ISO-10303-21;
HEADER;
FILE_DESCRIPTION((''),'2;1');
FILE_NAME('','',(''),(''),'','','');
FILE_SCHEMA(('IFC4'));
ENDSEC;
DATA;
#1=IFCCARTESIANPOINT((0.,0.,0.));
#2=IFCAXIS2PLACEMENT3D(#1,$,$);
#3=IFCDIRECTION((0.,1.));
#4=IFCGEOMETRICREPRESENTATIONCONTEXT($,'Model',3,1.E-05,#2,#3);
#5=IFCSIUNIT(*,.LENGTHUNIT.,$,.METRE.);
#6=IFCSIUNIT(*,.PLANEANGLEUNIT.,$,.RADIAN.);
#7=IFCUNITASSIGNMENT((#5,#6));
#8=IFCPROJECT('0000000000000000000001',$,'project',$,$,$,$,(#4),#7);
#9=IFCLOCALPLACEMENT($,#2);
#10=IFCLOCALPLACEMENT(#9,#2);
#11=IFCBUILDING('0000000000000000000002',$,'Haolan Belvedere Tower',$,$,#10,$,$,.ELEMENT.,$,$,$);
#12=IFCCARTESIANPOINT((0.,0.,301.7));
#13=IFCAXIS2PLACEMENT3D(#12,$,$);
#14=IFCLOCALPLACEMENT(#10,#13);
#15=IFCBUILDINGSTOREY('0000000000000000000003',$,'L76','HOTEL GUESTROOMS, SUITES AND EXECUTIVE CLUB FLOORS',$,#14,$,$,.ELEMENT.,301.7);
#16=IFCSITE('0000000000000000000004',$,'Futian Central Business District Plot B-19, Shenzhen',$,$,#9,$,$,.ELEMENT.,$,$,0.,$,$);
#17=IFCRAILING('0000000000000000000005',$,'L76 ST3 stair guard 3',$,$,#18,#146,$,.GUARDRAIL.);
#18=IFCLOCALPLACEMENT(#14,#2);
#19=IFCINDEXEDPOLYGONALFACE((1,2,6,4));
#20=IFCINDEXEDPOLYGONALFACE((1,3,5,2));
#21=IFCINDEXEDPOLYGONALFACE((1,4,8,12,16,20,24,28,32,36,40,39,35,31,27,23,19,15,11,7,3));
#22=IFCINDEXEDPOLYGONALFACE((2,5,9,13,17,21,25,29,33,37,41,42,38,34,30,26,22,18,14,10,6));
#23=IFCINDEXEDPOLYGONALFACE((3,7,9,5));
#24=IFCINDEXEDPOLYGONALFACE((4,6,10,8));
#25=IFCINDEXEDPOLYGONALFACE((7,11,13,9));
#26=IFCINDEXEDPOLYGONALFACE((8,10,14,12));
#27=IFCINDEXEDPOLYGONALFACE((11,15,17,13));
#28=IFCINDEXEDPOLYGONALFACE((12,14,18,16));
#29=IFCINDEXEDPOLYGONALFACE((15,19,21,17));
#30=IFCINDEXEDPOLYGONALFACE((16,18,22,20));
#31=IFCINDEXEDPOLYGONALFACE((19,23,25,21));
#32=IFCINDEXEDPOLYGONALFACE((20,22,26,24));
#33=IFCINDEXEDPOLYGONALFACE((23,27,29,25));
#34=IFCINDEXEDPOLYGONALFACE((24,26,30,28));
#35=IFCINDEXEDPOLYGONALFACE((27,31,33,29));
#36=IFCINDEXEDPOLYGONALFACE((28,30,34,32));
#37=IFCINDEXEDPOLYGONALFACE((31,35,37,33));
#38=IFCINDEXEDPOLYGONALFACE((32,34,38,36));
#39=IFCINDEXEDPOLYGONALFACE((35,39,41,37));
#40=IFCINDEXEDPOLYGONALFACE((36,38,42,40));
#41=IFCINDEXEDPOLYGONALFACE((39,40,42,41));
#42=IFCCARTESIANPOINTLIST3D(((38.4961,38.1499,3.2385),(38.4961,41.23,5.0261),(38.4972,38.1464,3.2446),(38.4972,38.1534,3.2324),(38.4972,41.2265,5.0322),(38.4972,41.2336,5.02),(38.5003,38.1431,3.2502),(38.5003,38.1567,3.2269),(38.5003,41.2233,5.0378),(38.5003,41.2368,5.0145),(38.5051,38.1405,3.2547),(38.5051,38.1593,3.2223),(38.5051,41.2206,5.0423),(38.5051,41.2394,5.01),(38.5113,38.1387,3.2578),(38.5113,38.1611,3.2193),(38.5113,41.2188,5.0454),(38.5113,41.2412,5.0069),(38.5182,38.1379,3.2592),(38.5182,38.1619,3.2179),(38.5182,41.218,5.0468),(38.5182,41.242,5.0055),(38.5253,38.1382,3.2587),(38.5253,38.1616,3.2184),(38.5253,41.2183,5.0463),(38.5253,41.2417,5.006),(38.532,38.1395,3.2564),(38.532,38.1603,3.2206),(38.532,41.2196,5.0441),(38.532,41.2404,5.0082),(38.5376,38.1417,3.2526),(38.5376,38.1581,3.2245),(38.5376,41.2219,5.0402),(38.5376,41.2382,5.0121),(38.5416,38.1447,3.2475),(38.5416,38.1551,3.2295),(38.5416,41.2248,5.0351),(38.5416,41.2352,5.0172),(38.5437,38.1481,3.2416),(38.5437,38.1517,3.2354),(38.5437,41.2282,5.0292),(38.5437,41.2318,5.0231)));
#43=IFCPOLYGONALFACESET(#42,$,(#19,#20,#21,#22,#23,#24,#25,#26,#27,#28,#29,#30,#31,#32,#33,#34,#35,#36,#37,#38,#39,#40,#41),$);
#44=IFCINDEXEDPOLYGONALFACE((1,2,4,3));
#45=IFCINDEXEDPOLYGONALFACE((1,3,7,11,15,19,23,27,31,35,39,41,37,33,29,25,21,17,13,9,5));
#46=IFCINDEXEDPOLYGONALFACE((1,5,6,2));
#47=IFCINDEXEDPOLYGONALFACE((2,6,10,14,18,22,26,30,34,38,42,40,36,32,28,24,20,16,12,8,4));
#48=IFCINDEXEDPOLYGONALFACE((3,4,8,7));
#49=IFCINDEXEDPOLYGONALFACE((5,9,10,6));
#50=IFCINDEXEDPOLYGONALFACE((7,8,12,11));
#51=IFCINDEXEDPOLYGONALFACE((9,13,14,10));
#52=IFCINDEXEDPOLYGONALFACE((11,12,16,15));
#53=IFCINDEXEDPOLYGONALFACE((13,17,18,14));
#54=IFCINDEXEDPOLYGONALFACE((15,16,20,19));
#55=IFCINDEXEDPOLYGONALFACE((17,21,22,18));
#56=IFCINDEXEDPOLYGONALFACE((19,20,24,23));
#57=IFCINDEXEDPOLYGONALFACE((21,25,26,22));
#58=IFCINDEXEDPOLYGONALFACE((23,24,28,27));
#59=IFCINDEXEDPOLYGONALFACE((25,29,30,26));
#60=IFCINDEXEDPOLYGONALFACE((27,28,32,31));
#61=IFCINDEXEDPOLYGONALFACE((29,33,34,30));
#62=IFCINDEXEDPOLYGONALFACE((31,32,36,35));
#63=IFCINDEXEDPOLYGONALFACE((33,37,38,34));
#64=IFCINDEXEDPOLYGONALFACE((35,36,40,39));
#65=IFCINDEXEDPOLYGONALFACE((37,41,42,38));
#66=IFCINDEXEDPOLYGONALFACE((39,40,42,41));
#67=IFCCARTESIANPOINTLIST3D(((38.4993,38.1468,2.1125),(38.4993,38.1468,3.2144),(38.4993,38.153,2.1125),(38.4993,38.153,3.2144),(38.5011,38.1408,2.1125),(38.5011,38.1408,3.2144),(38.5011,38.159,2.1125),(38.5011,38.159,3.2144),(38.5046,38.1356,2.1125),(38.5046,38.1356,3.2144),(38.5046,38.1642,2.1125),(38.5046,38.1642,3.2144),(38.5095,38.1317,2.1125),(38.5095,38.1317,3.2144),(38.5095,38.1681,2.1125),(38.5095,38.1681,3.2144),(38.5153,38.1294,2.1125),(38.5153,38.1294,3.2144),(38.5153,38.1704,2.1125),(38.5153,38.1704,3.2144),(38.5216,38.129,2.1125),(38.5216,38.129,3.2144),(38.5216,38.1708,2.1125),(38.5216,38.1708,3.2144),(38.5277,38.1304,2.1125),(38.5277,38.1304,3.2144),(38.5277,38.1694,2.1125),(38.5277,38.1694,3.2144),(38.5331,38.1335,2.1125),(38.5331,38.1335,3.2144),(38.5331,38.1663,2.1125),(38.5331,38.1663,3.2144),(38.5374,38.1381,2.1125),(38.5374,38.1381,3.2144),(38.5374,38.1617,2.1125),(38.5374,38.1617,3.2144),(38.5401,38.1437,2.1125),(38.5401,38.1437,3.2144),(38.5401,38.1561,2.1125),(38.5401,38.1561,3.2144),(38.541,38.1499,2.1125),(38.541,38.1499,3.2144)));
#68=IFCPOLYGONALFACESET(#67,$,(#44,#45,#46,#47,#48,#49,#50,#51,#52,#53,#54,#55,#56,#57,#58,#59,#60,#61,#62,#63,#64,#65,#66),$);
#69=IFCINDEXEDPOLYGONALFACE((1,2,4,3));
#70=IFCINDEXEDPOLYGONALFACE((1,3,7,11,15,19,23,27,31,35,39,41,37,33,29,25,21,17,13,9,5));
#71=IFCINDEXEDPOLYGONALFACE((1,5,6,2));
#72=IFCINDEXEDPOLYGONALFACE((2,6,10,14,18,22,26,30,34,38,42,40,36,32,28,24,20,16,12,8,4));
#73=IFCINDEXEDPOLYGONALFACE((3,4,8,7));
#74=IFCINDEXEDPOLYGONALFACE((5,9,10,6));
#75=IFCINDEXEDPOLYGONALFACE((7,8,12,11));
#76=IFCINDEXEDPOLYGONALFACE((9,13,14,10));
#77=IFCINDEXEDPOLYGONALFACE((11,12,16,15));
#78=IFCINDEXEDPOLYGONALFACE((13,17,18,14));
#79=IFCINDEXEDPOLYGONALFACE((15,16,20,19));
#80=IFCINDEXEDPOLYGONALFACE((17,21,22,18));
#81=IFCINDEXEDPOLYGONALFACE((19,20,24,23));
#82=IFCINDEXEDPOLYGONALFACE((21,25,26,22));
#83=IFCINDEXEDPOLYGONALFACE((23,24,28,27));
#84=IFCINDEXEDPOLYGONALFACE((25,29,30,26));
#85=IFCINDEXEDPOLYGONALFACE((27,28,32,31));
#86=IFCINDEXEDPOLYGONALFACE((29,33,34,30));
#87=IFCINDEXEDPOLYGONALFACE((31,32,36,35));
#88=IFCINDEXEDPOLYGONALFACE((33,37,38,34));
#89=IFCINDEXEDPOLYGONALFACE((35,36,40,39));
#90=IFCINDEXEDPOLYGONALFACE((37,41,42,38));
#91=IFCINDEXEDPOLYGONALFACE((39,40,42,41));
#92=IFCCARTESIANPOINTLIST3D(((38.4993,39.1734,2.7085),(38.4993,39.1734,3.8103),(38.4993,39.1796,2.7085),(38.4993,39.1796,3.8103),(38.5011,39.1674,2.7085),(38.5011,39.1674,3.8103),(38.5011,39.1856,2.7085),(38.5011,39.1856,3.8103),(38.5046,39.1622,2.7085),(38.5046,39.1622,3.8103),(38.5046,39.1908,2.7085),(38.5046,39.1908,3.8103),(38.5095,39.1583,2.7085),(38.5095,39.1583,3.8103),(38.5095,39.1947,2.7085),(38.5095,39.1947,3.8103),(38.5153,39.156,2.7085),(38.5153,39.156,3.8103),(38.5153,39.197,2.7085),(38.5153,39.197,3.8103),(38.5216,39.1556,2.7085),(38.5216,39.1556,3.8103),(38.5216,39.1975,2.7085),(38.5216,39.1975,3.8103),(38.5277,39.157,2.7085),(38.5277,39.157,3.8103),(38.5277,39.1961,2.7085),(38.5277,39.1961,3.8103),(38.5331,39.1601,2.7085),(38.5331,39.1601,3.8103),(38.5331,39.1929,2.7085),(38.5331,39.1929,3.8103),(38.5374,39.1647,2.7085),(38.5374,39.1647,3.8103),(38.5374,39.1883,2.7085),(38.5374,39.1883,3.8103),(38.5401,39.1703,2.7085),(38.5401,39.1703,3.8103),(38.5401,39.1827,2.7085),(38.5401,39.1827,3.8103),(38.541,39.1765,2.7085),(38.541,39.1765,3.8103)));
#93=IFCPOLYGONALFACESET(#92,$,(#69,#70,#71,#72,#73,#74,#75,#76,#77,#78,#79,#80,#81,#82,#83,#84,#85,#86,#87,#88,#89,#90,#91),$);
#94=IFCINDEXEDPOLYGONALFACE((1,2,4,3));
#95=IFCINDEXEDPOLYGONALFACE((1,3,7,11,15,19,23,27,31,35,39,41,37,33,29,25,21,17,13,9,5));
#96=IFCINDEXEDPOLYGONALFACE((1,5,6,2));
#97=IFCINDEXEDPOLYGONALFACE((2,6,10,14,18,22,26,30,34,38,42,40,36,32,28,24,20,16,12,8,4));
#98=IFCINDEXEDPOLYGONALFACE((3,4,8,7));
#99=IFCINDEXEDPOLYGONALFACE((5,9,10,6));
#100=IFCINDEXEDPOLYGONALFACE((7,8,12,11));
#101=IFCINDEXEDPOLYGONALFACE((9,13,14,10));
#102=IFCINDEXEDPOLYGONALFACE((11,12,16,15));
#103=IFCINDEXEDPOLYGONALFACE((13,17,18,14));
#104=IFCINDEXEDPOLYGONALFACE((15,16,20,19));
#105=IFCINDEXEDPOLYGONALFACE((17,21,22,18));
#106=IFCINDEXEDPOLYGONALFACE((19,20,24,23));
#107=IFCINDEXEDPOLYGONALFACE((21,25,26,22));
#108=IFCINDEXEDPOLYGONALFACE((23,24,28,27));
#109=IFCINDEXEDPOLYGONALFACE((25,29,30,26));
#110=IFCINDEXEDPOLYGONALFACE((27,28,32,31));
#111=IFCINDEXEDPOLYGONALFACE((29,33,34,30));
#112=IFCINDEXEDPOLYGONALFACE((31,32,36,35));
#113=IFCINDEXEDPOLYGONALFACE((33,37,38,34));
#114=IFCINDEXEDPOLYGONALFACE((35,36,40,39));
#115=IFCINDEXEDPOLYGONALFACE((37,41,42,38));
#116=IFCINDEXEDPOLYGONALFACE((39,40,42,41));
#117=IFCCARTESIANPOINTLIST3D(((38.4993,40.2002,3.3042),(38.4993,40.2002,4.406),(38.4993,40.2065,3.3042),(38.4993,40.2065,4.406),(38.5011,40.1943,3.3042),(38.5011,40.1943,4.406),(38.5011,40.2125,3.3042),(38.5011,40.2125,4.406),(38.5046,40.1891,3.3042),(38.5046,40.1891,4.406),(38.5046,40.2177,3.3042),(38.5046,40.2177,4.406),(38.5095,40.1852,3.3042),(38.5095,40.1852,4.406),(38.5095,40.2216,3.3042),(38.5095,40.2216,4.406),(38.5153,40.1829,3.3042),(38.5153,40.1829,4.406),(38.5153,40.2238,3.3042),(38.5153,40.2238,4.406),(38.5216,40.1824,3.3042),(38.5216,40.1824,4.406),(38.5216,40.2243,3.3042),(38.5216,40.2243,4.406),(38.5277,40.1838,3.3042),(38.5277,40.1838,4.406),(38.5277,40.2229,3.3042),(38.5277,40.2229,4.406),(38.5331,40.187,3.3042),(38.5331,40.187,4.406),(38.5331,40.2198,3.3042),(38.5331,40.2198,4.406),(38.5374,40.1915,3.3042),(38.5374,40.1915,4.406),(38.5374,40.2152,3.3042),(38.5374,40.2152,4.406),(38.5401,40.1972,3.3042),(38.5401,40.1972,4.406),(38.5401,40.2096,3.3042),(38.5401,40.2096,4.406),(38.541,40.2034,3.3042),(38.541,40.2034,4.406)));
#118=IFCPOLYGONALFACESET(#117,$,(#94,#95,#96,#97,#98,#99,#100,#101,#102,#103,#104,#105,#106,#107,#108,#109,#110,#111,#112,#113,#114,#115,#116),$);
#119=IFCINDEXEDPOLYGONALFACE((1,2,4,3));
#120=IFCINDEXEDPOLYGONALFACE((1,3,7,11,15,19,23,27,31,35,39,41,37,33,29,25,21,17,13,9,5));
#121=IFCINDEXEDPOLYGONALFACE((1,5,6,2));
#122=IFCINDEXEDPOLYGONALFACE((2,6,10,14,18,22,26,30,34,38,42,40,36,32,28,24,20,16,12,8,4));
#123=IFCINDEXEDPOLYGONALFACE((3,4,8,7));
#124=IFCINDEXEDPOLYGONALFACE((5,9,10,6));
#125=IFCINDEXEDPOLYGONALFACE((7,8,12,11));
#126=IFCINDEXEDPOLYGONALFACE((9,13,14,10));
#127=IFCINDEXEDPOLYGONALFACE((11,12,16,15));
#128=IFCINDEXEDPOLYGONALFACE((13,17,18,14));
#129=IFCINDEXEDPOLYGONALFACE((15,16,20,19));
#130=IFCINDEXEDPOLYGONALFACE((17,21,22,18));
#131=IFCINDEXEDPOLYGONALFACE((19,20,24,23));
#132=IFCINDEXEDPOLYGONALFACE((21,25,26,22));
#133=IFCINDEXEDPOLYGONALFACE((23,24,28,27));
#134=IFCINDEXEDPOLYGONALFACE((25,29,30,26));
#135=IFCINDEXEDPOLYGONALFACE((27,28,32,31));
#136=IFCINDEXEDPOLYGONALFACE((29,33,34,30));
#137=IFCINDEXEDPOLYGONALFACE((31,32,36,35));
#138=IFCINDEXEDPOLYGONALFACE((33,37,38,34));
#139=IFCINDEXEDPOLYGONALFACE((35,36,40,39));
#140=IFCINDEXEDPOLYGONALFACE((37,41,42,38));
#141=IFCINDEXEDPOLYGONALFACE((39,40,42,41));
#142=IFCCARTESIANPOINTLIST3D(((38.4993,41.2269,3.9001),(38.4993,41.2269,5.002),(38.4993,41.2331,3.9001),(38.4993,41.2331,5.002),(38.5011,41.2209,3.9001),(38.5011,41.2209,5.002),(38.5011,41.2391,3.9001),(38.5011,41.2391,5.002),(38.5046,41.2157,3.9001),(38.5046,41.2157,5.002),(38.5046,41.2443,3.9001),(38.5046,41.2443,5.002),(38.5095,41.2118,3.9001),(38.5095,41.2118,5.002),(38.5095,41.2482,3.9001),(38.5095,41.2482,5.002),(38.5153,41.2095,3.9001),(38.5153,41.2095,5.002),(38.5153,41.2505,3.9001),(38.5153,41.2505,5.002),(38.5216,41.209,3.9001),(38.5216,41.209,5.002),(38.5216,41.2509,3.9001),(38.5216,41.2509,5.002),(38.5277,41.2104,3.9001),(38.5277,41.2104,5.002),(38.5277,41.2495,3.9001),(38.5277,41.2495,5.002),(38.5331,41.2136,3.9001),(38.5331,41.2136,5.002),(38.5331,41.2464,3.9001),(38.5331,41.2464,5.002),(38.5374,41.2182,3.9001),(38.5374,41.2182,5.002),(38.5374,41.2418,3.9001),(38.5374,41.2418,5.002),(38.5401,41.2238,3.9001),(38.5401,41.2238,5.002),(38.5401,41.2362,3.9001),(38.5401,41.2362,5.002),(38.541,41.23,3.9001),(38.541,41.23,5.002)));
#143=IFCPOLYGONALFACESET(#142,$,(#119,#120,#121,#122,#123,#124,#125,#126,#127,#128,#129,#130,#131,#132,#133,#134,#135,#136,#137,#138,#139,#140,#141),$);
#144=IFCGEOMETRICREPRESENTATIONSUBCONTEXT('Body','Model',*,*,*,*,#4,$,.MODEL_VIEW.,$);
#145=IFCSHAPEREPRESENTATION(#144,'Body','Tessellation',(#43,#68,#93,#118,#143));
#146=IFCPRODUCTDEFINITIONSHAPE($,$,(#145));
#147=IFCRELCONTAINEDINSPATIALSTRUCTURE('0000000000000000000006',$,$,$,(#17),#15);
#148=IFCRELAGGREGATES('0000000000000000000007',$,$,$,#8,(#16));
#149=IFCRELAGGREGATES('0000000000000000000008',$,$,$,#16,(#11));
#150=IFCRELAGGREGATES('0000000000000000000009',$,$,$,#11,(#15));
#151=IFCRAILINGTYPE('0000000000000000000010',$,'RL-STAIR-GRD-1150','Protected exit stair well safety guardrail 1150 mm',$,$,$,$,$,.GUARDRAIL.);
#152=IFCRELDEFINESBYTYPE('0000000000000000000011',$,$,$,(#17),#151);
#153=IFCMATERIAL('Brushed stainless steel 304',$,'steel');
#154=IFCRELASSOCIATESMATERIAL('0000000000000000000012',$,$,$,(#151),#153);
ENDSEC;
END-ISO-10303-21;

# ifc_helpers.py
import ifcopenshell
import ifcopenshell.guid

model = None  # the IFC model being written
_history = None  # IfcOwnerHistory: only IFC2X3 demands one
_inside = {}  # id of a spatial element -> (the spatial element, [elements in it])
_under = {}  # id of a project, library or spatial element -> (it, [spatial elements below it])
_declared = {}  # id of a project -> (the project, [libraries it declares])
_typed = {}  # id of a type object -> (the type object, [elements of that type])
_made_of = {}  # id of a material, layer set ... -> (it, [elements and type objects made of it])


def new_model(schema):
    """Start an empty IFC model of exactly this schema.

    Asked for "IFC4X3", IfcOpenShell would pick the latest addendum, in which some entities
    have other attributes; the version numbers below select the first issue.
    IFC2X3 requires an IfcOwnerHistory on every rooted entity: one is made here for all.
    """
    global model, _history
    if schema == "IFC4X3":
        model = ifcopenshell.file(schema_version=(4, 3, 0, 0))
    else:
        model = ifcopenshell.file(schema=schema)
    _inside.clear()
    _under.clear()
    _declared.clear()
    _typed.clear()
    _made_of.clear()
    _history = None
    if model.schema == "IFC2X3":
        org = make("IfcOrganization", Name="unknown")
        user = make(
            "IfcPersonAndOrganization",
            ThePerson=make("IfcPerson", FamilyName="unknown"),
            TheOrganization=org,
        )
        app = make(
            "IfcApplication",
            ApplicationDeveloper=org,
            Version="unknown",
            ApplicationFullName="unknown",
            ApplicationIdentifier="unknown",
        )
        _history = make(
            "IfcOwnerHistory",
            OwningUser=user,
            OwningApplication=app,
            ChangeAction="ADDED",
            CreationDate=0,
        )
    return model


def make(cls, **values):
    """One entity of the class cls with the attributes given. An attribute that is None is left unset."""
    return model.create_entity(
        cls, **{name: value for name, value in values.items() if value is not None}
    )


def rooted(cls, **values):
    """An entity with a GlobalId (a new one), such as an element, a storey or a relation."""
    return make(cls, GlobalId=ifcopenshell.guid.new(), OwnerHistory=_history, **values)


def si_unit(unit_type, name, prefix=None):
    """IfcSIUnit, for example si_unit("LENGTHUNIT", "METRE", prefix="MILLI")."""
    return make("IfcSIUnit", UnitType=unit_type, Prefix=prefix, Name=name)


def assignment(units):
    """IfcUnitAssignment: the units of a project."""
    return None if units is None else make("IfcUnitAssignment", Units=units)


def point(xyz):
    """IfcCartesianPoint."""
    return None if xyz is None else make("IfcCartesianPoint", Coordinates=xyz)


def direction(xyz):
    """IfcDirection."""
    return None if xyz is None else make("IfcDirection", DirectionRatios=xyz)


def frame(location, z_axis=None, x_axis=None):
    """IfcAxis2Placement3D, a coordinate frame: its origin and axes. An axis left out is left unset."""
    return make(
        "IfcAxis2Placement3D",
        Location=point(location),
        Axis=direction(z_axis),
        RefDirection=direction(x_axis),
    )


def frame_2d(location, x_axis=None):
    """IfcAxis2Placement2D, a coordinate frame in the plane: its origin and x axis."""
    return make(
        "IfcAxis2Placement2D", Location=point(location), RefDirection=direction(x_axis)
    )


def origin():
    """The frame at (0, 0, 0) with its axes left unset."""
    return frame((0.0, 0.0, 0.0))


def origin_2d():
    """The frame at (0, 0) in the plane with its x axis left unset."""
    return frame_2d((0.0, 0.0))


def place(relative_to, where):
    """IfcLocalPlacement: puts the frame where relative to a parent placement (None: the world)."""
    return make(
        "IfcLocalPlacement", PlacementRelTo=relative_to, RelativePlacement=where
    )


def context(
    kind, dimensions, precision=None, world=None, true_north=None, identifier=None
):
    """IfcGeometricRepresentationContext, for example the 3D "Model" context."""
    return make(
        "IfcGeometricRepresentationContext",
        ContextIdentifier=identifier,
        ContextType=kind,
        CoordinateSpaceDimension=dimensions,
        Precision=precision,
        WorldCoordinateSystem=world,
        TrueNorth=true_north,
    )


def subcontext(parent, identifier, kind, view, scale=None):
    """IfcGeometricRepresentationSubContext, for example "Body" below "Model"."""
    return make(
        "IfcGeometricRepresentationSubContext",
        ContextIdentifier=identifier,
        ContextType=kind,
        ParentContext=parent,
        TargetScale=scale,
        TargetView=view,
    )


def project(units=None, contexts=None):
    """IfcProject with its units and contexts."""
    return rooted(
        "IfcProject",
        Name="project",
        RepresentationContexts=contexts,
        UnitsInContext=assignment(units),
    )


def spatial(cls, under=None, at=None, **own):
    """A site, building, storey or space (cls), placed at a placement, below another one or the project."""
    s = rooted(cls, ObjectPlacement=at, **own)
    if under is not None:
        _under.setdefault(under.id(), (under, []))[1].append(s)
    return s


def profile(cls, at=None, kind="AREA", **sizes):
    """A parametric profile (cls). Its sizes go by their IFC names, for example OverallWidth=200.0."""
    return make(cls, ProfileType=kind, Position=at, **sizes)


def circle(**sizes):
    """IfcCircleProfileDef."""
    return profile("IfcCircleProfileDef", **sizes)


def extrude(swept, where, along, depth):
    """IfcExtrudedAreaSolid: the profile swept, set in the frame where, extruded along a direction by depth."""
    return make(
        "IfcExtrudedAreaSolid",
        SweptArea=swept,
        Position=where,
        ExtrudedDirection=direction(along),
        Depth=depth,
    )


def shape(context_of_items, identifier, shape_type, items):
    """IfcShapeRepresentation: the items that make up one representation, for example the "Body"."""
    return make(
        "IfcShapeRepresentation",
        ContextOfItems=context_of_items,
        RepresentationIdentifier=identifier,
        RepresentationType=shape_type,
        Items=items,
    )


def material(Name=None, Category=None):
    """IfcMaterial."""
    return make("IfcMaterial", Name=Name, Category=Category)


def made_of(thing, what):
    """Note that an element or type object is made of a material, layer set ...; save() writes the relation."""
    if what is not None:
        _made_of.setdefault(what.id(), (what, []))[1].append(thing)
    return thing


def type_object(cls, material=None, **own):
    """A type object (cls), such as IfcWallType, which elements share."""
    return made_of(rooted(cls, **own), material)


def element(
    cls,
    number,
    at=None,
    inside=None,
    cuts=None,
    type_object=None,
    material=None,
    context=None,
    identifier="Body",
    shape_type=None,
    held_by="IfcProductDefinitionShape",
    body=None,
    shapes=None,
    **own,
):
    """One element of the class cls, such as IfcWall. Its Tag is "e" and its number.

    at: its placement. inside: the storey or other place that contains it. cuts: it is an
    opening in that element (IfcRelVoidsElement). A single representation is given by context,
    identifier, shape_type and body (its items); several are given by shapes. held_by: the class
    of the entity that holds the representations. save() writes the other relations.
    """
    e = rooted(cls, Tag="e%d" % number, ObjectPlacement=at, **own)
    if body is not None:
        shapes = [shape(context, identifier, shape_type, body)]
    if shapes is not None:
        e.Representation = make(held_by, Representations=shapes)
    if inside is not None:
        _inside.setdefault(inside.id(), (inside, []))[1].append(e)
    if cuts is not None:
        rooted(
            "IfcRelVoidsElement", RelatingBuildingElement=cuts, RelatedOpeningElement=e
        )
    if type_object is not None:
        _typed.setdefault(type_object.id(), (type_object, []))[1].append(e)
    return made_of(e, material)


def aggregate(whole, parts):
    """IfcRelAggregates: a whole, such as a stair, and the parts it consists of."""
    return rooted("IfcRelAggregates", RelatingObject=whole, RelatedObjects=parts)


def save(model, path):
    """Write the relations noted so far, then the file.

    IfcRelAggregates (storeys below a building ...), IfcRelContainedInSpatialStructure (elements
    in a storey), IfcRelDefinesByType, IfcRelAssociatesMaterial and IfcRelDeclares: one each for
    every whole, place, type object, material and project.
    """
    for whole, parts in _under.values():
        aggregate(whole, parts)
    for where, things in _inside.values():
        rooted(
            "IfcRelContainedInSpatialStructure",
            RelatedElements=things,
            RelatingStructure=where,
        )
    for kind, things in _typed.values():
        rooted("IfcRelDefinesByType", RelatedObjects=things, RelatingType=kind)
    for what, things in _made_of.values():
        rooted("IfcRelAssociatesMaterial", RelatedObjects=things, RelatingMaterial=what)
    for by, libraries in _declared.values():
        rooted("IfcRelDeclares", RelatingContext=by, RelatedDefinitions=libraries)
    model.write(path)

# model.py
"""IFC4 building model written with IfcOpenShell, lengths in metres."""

from ifc_helpers import new_model, si_unit, direction, frame, origin, origin_2d, place, context, subcontext, project, spatial, circle, extrude, material, type_object, element, save


model = new_model("IFC4")

# Units and contexts
model_context = context("Model", 3, precision=1e-05, world=origin(), true_north=direction((0.0, 1.0)))
body_context = subcontext(model_context, "Body", "Model", "MODEL_VIEW")
ifc_project = project(units=[si_unit("LENGTHUNIT", "METRE"), si_unit("PLANEANGLEUNIT", "RADIAN")], contexts=[model_context])

# Site, building, storey
site_placement = place(None, origin())
site = spatial("IfcSite", under=ifc_project, at=site_placement, Name="Futian Central Business District Plot B-19, Shenzhen", CompositionType="ELEMENT", RefElevation=0.0)
building_placement = place(site_placement, origin())
building = spatial("IfcBuilding", under=site, at=building_placement, Name="Haolan Belvedere Tower", CompositionType="ELEMENT")
storey_placement = place(building_placement, frame((0.0, 0.0, 301.7)))
storey = spatial("IfcBuildingStorey", under=building, at=storey_placement, Name="L76", Description="HOTEL GUESTROOMS, SUITES AND EXECUTIVE CLUB FLOORS", CompositionType="ELEMENT", Elevation=301.7)

# Railing
ifc_material_1 = material(Name="Brushed stainless steel 304", Category="steel")
railing_type_1 = type_object("IfcRailingType", Name="RL-STAIR-GRD-1150", Description="Protected exit stair well safety guardrail 1150 mm", PredefinedType="GUARDRAIL", material=ifc_material_1)
railing_1_placement = place(storey_placement, frame((38.52, 38.1499, 2.1125)))
element("IfcRailing", 1, at=railing_1_placement, inside=storey, type_object=railing_type_1, Name="L76 ST3 stair guard 3", PredefinedType="GUARDRAIL", context=body_context, shape_type="SweptSolid", body=[
    extrude(circle(Radius=0.0239, at=origin_2d()), frame((0.0, 0.0, 1.126), z_axis=(0.0, 0.864891, 0.50196), x_axis=(-1.0, 0.0, 0.0)), (0.0, 0.0, 1.0), 3.5613),
    extrude(circle(Radius=0.021, at=origin_2d()), origin(), (0.0, 0.0, 1.0), 1.1018),
    extrude(circle(Radius=0.021, at=origin_2d()), frame((0.0, 1.0266, 0.5959)), (0.0, 0.0, 1.0), 1.1018),
    extrude(circle(Radius=0.021, at=origin_2d()), frame((0.0, 2.0535, 1.1917)), (0.0, 0.0, 1.0), 1.1018),
    extrude(circle(Radius=0.021, at=origin_2d()), frame((0.0, 3.0801, 1.7876)), (0.0, 0.0, 1.0), 1.1018),
])

save(model, "model.ifc")
